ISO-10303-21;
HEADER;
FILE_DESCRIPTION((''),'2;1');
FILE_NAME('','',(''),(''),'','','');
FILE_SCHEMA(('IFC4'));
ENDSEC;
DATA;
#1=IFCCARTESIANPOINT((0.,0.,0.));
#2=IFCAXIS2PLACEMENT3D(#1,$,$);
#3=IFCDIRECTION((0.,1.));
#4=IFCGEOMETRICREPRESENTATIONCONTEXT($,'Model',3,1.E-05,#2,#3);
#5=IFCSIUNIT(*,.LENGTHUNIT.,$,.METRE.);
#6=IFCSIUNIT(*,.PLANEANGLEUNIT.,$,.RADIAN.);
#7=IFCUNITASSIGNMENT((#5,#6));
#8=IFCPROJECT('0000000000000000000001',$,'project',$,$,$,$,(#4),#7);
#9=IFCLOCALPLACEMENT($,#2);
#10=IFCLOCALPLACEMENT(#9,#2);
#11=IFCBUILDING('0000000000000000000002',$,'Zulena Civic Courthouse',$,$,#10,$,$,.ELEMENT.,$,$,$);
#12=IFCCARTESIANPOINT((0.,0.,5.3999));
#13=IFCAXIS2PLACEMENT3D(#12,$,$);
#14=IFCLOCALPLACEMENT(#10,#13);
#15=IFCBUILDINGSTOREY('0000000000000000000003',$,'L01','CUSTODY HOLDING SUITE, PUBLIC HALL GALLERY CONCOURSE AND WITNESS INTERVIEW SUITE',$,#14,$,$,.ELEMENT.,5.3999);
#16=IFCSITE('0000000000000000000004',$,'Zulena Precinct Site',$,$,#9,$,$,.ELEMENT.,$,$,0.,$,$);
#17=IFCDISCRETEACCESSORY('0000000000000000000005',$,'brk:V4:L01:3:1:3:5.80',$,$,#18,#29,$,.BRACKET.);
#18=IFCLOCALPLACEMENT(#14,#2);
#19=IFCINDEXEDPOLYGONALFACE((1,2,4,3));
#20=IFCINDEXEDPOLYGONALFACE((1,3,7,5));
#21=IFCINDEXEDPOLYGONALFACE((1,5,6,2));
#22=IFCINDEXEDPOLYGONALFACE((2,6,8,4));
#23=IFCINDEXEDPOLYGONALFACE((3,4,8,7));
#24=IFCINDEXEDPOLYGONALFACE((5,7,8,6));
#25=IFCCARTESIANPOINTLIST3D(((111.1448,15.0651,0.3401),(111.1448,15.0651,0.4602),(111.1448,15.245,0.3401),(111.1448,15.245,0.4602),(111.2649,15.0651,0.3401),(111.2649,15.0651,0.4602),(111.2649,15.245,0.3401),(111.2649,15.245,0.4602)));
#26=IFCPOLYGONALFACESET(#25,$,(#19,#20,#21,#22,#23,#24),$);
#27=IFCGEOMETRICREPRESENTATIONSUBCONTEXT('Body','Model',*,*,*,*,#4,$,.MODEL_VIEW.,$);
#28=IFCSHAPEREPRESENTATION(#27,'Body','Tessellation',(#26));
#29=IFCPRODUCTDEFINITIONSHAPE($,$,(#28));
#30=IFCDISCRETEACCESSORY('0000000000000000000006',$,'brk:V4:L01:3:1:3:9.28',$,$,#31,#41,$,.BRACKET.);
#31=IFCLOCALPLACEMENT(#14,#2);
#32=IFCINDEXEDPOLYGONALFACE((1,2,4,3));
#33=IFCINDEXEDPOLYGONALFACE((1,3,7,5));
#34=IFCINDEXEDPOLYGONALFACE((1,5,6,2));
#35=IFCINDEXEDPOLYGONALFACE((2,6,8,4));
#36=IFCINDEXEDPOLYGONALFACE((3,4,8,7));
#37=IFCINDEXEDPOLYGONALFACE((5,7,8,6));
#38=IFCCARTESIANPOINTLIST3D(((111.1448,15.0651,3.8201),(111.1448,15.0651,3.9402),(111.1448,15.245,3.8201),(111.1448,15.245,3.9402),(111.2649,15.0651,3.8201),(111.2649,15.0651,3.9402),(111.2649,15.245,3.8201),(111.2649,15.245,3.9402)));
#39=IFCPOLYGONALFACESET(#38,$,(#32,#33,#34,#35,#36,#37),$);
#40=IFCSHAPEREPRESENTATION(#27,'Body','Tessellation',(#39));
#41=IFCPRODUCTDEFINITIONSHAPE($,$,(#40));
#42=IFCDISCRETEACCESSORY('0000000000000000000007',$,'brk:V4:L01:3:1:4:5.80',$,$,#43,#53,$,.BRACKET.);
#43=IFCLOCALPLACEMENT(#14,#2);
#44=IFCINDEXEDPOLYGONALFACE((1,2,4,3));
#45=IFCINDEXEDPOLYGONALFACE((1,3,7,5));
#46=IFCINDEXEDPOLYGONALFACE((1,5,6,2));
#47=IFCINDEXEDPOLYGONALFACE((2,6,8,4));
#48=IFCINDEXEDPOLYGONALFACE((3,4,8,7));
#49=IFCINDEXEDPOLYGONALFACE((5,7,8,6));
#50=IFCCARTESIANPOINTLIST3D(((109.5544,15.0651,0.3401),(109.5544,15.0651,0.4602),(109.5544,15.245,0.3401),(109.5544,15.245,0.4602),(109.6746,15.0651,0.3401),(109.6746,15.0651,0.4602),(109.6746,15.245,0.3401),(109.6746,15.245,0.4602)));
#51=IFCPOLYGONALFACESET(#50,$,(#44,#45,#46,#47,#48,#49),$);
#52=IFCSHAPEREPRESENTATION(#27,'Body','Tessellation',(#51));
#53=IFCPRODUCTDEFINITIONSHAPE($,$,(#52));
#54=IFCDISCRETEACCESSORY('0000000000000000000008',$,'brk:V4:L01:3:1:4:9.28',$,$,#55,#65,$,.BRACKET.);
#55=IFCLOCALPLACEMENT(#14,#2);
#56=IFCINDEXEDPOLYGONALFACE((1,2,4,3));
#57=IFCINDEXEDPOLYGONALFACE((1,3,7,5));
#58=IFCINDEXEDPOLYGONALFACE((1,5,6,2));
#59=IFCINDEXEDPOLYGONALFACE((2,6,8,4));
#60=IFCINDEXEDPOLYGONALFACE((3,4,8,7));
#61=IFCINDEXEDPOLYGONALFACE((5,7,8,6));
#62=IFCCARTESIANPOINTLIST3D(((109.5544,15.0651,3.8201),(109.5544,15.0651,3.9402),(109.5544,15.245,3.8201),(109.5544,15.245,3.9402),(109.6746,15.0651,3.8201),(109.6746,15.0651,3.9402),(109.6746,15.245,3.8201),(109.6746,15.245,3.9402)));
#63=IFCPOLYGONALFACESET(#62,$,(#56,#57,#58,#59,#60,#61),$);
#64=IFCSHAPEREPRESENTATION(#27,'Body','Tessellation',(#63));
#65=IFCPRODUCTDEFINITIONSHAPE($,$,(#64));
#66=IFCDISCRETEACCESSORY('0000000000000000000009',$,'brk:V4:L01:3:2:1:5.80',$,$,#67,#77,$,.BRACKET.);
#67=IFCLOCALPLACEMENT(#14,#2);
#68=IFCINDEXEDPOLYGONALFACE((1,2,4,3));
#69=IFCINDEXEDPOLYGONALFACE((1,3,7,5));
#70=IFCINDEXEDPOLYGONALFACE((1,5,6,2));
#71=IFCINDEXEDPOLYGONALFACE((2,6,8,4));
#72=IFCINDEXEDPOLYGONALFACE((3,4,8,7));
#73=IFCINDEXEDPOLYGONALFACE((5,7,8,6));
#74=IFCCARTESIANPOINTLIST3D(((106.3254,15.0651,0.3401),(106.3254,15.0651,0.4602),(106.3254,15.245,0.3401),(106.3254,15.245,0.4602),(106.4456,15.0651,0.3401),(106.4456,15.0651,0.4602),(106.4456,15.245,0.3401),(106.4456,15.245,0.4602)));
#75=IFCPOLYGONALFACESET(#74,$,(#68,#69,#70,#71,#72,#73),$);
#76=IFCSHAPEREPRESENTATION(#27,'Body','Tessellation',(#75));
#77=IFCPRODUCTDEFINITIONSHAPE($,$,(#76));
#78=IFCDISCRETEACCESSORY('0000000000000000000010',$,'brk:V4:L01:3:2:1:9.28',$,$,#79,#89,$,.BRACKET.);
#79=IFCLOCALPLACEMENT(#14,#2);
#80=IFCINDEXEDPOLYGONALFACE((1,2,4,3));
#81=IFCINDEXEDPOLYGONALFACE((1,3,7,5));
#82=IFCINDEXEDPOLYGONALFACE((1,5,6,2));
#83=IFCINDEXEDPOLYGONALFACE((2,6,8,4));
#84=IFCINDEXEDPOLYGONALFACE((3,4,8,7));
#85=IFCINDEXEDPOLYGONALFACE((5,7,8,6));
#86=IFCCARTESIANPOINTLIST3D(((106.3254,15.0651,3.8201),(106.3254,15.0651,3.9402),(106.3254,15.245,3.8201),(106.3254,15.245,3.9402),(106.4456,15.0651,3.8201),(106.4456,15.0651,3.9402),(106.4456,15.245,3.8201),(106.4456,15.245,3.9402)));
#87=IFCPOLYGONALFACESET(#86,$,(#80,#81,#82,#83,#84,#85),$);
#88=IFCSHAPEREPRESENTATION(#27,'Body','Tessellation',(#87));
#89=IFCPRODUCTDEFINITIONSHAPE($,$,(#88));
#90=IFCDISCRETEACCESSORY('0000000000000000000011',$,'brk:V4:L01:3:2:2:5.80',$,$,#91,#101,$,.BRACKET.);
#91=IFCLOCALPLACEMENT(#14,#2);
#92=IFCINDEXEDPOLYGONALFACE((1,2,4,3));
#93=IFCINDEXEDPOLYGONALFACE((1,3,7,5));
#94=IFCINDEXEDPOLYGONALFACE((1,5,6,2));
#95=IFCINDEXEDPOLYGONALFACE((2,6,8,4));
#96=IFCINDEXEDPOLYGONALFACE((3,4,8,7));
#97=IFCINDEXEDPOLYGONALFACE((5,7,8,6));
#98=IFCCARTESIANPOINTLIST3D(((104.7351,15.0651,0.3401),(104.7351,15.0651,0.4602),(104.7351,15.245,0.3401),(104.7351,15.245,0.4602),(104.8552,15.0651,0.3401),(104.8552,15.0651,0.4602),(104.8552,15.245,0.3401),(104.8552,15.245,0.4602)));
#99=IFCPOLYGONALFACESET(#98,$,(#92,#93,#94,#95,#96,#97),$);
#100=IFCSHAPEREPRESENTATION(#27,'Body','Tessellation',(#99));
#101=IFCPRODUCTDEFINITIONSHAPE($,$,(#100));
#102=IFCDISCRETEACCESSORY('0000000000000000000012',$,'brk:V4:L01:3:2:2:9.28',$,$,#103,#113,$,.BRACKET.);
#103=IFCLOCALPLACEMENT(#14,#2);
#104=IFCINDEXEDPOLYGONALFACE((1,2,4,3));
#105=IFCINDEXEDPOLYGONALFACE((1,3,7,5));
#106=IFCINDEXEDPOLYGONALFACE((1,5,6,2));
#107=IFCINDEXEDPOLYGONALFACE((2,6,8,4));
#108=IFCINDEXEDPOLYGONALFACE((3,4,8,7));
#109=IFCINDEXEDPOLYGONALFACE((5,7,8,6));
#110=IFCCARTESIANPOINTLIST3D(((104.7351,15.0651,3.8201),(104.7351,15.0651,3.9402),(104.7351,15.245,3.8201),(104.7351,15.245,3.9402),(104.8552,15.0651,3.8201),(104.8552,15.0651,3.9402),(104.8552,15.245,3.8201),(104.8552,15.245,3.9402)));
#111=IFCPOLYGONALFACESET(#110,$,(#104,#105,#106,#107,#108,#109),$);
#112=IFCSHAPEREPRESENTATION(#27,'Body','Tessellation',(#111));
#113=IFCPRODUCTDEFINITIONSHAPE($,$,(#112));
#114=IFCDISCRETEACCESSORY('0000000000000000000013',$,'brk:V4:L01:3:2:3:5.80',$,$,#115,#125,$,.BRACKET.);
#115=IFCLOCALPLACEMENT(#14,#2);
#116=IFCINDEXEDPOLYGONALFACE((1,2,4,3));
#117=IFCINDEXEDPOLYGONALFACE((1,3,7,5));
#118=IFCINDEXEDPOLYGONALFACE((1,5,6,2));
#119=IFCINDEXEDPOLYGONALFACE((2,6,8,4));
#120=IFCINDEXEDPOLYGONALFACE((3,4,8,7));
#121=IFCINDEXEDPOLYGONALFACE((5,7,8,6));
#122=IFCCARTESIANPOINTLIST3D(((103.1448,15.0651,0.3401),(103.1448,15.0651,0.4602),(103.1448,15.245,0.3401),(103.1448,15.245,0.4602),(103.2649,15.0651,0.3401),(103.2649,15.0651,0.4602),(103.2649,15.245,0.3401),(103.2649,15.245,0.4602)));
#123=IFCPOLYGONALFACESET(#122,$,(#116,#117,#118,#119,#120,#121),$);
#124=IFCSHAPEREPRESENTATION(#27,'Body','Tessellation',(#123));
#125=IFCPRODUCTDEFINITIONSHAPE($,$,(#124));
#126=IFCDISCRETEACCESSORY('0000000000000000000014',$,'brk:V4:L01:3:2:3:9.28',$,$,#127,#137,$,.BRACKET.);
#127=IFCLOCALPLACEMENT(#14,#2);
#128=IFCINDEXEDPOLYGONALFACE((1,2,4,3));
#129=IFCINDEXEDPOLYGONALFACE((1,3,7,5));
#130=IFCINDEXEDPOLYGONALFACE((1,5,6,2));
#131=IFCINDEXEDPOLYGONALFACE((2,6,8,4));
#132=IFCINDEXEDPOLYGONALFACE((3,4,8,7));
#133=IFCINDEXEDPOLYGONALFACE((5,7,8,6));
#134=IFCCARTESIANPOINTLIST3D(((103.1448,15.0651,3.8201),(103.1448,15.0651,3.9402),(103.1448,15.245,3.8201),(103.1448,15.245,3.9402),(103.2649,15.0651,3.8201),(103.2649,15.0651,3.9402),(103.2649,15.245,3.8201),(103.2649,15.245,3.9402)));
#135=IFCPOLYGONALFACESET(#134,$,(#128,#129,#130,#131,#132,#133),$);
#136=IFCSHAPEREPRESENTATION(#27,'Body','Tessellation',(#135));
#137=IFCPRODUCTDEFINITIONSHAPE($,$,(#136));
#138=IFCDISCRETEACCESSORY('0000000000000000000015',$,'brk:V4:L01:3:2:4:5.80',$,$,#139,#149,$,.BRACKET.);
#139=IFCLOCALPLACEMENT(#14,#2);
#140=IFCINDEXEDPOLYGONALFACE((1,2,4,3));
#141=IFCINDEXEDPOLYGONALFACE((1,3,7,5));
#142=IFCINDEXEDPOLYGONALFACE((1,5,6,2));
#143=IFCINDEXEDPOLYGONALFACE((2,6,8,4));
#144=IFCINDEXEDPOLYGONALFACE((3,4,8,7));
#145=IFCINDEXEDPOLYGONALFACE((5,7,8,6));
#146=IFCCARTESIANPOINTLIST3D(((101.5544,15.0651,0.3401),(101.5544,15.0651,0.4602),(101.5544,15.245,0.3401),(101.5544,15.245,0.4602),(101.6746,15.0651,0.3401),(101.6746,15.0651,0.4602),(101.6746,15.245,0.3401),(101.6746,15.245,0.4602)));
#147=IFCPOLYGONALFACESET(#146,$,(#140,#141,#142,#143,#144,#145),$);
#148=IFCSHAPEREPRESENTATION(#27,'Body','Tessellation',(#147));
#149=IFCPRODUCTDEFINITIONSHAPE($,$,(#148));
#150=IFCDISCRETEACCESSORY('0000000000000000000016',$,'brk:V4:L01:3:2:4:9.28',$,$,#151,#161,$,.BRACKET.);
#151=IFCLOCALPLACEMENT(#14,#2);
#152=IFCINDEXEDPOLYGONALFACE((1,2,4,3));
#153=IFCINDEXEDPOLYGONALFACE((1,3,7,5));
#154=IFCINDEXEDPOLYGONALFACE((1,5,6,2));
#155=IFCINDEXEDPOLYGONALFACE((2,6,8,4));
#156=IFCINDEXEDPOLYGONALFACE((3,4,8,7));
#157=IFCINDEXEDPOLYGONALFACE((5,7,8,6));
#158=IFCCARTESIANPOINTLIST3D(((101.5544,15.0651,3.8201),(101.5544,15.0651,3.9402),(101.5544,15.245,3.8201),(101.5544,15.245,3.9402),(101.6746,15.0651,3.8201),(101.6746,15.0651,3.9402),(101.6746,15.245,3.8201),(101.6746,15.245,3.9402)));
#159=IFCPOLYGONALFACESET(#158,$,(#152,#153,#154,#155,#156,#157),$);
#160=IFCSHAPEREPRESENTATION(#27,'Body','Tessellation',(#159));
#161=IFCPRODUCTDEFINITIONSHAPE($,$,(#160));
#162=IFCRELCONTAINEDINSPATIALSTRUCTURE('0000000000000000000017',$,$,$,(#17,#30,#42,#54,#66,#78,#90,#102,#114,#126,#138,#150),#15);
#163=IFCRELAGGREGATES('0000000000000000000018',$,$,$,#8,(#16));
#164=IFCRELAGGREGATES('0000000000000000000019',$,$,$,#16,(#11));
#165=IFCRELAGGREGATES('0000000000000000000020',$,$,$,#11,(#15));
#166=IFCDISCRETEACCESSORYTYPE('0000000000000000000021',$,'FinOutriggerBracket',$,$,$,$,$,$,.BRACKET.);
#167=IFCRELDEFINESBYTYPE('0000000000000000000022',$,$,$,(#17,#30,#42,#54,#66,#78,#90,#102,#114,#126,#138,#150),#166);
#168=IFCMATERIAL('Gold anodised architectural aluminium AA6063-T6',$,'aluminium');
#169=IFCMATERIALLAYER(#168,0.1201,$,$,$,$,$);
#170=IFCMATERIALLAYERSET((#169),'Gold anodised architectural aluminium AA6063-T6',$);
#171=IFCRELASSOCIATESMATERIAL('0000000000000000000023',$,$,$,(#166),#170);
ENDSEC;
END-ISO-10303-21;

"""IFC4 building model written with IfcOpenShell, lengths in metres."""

from ifc_helpers import new_model, si_unit, direction, frame, origin, origin_2d, place, context, subcontext, project, spatial, rectangle, extrude, material, layer, layer_set, type_object, element, save


model = new_model("IFC4")

# Units and contexts
model_context = context("Model", 3, precision=1e-05, world=origin(), true_north=direction((0.0, 1.0)))
body_context = subcontext(model_context, "Body", "Model", "MODEL_VIEW")
ifc_project = project(units=[si_unit("LENGTHUNIT", "METRE"), si_unit("PLANEANGLEUNIT", "RADIAN")], contexts=[model_context])

# Site, building, storey
site_placement = place(None, origin())
site = spatial("IfcSite", under=ifc_project, at=site_placement, Name="Zulena Precinct Site", CompositionType="ELEMENT", RefElevation=0.0)
building_placement = place(site_placement, origin())
building = spatial("IfcBuilding", under=site, at=building_placement, Name="Zulena Civic Courthouse", CompositionType="ELEMENT")
storey_placement = place(building_placement, frame((0.0, 0.0, 5.3999)))
storey = spatial("IfcBuildingStorey", under=building, at=storey_placement, Name="L01", Description="CUSTODY HOLDING SUITE, PUBLIC HALL GALLERY CONCOURSE AND WITNESS INTERVIEW SUITE", CompositionType="ELEMENT", Elevation=5.3999)

# Shared definitions
ifc_material_1 = material(Name="Gold anodised architectural aluminium AA6063-T6", Category="aluminium")

# Discrete accessories
ifc_layer_1 = layer(ifc_material_1, 0.1201)
ifc_layer_set_1 = layer_set([ifc_layer_1], Name="Gold anodised architectural aluminium AA6063-T6")
discrete_accessory_type = type_object("IfcDiscreteAccessoryType", Name="FinOutriggerBracket", PredefinedType="BRACKET", material=ifc_layer_set_1)
for number, where, z_axis, x_axis, name in (
    (1, (111.2048, 15.155, 0.3401), (0.0, 0.0, 1.0), (0.0, -1.0, 0.0), "brk:V4:L01:3:1:3:5.80"),
    (2, (111.2048, 15.155, 3.8201), (0.0, 0.0, 1.0), (0.0, -1.0, 0.0), "brk:V4:L01:3:1:3:9.28"),
    (3, (109.6145, 15.155, 0.3401), (0.0, 0.0, 1.0), (0.0, -1.0, 0.0), "brk:V4:L01:3:1:4:5.80"),
    (4, (109.6145, 15.155, 3.8201), (0.0, 0.0, 1.0), (0.0, -1.0, 0.0), "brk:V4:L01:3:1:4:9.28"),
    (5, (106.3855, 15.155, 0.3401), (0.0, 0.0, 1.0), (0.0, -1.0, 0.0), "brk:V4:L01:3:2:1:5.80"),
    (6, (106.3855, 15.155, 3.8201), (0.0, 0.0, 1.0), (0.0, -1.0, 0.0), "brk:V4:L01:3:2:1:9.28"),
    (7, (104.7952, 15.155, 0.3401), (0.0, 0.0, 1.0), (0.0, -1.0, 0.0), "brk:V4:L01:3:2:2:5.80"),
    (8, (104.7952, 15.155, 3.8201), (0.0, 0.0, 1.0), (0.0, -1.0, 0.0), "brk:V4:L01:3:2:2:9.28"),
    (9, (103.2048, 15.155, 0.3401), (0.0, 0.0, 1.0), (0.0, -1.0, 0.0), "brk:V4:L01:3:2:3:5.80"),
    (10, (103.2048, 15.155, 3.8201), (0.0, 0.0, 1.0), (0.0, -1.0, 0.0), "brk:V4:L01:3:2:3:9.28"),
    (11, (101.6145, 15.155, 0.3401), (0.0, 0.0, 1.0), (0.0, -1.0, 0.0), "brk:V4:L01:3:2:4:5.80"),
    (12, (101.6145, 15.155, 3.8201), (0.0, 0.0, 1.0), (0.0, -1.0, 0.0), "brk:V4:L01:3:2:4:9.28"),
):
    element("IfcDiscreteAccessory", number, at=place(storey_placement, frame(where, z_axis=z_axis, x_axis=x_axis)), inside=storey, type_object=discrete_accessory_type, Name=name, PredefinedType="BRACKET", context=body_context, shape_type="SweptSolid", body=[
        extrude(rectangle(XDim=0.1799, YDim=0.1201, at=origin_2d()), origin(), (0.0, 0.0, 1.0), 0.1201),
    ])

save(model, "model.ifc")
